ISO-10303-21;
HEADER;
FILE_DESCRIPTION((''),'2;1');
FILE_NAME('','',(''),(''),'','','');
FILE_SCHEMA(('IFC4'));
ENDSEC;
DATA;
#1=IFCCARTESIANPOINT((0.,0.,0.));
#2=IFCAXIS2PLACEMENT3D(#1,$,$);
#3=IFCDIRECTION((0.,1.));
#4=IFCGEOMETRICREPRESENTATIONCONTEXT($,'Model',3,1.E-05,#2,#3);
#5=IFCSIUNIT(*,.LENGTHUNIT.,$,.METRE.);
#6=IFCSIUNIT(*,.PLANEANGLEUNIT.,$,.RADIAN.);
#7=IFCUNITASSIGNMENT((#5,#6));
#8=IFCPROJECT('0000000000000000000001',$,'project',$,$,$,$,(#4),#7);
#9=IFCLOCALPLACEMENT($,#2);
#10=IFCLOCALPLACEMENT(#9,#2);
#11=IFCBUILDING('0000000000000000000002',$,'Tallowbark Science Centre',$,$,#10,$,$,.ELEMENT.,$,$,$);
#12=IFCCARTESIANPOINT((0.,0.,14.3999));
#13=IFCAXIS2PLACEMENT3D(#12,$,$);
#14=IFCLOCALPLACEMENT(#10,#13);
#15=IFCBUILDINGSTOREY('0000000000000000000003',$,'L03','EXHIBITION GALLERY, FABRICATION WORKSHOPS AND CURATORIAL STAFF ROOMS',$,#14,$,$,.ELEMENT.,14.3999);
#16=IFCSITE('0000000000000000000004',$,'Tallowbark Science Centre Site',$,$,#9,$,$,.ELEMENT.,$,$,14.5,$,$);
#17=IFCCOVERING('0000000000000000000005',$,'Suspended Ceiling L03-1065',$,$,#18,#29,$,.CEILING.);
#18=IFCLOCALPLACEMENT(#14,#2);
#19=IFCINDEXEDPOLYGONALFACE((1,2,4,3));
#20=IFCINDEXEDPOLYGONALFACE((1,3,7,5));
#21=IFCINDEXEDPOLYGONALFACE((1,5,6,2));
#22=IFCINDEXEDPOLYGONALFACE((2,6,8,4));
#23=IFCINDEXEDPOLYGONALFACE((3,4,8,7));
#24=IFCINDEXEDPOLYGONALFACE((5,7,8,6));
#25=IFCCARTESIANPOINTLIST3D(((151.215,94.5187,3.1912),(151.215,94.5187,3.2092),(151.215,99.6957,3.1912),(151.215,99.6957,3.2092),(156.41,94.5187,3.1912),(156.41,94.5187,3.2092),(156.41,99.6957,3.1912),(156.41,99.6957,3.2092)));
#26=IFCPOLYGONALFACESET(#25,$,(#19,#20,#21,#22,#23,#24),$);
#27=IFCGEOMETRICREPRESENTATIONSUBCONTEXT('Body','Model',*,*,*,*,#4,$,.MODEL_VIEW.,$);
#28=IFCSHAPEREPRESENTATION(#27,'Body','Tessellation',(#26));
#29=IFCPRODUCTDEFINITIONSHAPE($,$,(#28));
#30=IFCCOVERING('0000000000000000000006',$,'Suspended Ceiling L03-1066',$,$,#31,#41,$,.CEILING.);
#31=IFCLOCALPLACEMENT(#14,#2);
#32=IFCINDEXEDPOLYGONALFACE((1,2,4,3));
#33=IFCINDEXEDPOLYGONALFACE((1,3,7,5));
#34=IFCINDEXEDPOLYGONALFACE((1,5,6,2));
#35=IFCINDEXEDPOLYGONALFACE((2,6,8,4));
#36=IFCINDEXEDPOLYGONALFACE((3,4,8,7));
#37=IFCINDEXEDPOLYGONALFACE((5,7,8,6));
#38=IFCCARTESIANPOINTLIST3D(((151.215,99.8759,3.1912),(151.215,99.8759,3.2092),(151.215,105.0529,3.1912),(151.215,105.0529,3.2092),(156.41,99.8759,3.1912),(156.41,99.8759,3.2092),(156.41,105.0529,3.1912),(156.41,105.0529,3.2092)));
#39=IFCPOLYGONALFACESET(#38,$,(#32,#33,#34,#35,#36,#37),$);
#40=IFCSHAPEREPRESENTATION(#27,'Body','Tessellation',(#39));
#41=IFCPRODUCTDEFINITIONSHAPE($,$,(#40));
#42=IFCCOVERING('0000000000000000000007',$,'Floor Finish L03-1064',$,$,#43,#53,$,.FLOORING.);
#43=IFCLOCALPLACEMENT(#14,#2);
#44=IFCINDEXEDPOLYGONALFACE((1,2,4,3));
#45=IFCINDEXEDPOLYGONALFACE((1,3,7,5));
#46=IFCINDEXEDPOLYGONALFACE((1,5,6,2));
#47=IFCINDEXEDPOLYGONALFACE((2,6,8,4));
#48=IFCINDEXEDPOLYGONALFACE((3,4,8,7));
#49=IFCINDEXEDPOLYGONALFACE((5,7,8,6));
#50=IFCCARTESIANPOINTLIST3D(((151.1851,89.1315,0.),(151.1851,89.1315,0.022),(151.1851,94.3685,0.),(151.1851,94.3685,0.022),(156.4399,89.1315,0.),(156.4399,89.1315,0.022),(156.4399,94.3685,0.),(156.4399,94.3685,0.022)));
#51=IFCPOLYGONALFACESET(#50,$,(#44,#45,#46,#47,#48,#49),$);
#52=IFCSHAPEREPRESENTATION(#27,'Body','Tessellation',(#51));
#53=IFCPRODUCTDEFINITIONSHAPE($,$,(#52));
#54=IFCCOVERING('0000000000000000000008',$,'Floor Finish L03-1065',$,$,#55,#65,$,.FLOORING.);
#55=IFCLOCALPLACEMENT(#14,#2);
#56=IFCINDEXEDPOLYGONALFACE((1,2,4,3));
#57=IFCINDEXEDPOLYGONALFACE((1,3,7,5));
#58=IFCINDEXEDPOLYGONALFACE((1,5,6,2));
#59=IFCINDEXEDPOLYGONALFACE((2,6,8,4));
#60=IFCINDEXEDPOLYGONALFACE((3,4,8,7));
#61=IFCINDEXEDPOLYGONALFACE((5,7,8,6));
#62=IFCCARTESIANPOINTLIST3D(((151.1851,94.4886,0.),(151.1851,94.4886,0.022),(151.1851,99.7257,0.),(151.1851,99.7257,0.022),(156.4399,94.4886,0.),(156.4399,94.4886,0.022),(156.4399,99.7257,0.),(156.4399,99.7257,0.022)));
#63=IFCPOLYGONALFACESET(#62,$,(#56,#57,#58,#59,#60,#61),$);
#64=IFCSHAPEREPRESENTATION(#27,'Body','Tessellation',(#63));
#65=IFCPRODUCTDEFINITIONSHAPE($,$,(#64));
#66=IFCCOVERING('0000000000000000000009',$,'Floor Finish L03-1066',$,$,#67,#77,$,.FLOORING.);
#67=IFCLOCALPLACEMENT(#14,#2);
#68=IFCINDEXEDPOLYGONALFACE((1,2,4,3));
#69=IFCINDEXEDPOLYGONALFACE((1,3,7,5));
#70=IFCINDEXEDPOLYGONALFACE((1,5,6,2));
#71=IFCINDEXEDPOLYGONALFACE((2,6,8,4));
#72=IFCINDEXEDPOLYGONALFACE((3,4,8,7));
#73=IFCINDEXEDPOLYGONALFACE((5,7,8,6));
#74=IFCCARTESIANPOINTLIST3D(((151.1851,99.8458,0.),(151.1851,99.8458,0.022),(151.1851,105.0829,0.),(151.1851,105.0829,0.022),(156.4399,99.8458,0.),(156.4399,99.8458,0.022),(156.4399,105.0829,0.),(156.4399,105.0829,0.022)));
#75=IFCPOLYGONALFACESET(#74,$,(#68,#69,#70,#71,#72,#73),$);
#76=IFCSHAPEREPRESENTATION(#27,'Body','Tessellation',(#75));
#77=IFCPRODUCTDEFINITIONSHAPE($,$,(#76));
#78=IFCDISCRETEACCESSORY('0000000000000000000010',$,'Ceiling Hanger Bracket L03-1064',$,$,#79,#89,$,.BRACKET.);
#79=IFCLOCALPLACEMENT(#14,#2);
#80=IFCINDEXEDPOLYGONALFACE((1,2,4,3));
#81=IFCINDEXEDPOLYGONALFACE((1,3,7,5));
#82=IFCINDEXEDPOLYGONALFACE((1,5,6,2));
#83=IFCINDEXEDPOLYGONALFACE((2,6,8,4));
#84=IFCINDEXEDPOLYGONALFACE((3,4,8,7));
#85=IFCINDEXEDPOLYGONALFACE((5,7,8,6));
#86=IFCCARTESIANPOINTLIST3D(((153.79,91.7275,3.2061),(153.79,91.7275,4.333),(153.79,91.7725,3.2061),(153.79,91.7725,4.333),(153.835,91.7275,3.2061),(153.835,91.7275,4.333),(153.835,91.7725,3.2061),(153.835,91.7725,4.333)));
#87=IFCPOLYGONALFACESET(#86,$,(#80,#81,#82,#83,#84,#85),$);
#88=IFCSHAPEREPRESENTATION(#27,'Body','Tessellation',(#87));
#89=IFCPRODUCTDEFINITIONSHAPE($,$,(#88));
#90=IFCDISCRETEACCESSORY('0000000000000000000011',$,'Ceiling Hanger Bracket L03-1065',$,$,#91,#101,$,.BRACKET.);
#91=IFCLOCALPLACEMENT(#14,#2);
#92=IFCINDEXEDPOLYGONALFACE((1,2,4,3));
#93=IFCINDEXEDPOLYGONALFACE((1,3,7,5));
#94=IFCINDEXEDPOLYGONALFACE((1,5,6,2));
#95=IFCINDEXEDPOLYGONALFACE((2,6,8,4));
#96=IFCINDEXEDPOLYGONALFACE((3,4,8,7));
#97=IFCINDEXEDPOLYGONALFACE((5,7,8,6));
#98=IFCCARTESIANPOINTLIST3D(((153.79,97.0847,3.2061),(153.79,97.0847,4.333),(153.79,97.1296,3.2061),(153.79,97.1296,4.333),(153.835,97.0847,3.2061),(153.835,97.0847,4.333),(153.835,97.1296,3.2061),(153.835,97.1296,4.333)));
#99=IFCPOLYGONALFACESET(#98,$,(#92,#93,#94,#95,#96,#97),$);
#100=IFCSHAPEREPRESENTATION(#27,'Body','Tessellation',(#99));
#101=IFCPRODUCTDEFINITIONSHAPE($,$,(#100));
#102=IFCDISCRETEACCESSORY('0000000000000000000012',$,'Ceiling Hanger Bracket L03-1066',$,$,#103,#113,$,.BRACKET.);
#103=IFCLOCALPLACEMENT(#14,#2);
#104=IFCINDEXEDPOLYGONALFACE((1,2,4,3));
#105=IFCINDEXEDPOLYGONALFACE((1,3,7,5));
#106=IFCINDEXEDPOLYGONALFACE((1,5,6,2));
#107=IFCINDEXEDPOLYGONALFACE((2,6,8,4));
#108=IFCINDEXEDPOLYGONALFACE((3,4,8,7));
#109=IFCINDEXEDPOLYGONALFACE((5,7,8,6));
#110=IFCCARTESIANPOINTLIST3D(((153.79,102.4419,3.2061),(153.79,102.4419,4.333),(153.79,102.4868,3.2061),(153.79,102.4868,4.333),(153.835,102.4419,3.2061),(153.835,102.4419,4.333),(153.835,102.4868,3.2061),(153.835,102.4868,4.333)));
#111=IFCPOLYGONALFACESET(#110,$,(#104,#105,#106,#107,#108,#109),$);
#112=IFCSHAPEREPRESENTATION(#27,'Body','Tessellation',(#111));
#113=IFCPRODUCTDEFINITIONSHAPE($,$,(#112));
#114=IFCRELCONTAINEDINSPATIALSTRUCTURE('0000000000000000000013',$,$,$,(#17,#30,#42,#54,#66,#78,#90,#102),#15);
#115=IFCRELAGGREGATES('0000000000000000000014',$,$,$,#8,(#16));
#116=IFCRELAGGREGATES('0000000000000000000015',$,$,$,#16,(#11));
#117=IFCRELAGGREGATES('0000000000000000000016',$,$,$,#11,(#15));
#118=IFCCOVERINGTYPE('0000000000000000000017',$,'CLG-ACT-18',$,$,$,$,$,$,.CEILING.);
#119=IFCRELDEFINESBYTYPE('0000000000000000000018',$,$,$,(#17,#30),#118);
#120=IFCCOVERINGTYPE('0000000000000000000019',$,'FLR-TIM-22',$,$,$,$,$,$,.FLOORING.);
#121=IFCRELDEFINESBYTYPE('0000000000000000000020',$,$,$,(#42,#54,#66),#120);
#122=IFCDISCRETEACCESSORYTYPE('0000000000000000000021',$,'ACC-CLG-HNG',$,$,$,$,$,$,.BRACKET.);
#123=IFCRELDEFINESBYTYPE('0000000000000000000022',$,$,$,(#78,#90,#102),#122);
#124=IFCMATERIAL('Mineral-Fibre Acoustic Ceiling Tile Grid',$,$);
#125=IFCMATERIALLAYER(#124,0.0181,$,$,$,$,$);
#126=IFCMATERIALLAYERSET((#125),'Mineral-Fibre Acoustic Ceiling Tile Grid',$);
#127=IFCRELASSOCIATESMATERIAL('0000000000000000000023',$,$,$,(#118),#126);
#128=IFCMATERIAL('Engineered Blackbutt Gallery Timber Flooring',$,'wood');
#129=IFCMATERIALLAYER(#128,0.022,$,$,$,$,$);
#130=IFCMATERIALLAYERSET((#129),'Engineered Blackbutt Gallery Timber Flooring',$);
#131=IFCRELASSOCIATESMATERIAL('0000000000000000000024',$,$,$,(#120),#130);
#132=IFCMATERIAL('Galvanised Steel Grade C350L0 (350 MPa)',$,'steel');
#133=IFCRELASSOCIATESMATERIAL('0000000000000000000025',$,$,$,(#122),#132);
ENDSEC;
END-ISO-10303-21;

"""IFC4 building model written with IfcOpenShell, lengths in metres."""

from ifc_helpers import new_model, si_unit, direction, frame, origin, origin_2d, place, context, subcontext, project, spatial, rectangle, extrude, material, layer, layer_set, type_object, element, save


model = new_model("IFC4")

# Units and contexts
model_context = context("Model", 3, precision=1e-05, world=origin(), true_north=direction((0.0, 1.0)))
body_context = subcontext(model_context, "Body", "Model", "MODEL_VIEW")
ifc_project = project(units=[si_unit("LENGTHUNIT", "METRE"), si_unit("PLANEANGLEUNIT", "RADIAN")], contexts=[model_context])

# Site, building, storey
site_placement = place(None, origin())
site = spatial("IfcSite", under=ifc_project, at=site_placement, Name="Tallowbark Science Centre Site", CompositionType="ELEMENT", RefElevation=14.5)
building_placement = place(site_placement, origin())
building = spatial("IfcBuilding", under=site, at=building_placement, Name="Tallowbark Science Centre", CompositionType="ELEMENT")
storey_placement = place(building_placement, frame((0.0, 0.0, 14.3999)))
storey = spatial("IfcBuildingStorey", under=building, at=storey_placement, Name="L03", Description="EXHIBITION GALLERY, FABRICATION WORKSHOPS AND CURATORIAL STAFF ROOMS", CompositionType="ELEMENT", Elevation=14.3999)

# Coverings
ifc_material_1 = material(Name="Mineral-Fibre Acoustic Ceiling Tile Grid")
ifc_layer_1 = layer(ifc_material_1, 0.0181)
ifc_layer_set_1 = layer_set([ifc_layer_1], Name="Mineral-Fibre Acoustic Ceiling Tile Grid")
covering_type_1 = type_object("IfcCoveringType", Name="CLG-ACT-18", PredefinedType="CEILING", material=ifc_layer_set_1)
for number, where, z_axis, x_axis, name in (
    (1, (153.8125, 97.1072, 3.1912), (0.0, 0.0, 1.0), (1.0, 0.0, 0.0), "Suspended Ceiling L03-1065"),
    (2, (153.8125, 102.4644, 3.1912), (0.0, 0.0, 1.0), (1.0, 0.0, 0.0), "Suspended Ceiling L03-1066"),
):
    element("IfcCovering", number, at=place(storey_placement, frame(where, z_axis=z_axis, x_axis=x_axis)), inside=storey, type_object=covering_type_1, Name=name, PredefinedType="CEILING", context=body_context, shape_type="SweptSolid", body=[
        extrude(rectangle(XDim=5.1951, YDim=5.177, at=origin_2d()), origin(), (0.0, 0.0, 1.0), 0.0181),
    ])
ifc_material_2 = material(Name="Engineered Blackbutt Gallery Timber Flooring", Category="wood")
ifc_layer_2 = layer(ifc_material_2, 0.022)
ifc_layer_set_2 = layer_set([ifc_layer_2], Name="Engineered Blackbutt Gallery Timber Flooring")
covering_type_2 = type_object("IfcCoveringType", Name="FLR-TIM-22", PredefinedType="FLOORING", material=ifc_layer_set_2)
for number, where, z_axis, x_axis, name in (
    (3, (153.8125, 91.75, 0.0), (0.0, 0.0, 1.0), (1.0, 0.0, 0.0), "Floor Finish L03-1064"),
    (4, (153.8125, 97.1072, 0.0), (0.0, 0.0, 1.0), (1.0, 0.0, 0.0), "Floor Finish L03-1065"),
    (5, (153.8125, 102.4644, 0.0), (0.0, 0.0, 1.0), (1.0, 0.0, 0.0), "Floor Finish L03-1066"),
):
    element("IfcCovering", number, at=place(storey_placement, frame(where, z_axis=z_axis, x_axis=x_axis)), inside=storey, type_object=covering_type_2, Name=name, PredefinedType="FLOORING", context=body_context, shape_type="SweptSolid", body=[
        extrude(rectangle(XDim=5.2549, YDim=5.2371, at=origin_2d()), origin(), (0.0, 0.0, 1.0), 0.022),
    ])

# Discrete accessories
ifc_material_3 = material(Name="Galvanised Steel Grade C350L0 (350 MPa)", Category="steel")
discrete_accessory_type = type_object("IfcDiscreteAccessoryType", Name="ACC-CLG-HNG", PredefinedType="BRACKET", material=ifc_material_3)
for number, where, z_axis, x_axis, name in (
    (6, (153.8125, 91.75, 3.2061), (0.0, 0.0, 1.0), (1.0, 0.0, 0.0), "Ceiling Hanger Bracket L03-1064"),
    (7, (153.8125, 97.1072, 3.2061), (0.0, 0.0, 1.0), (1.0, 0.0, 0.0), "Ceiling Hanger Bracket L03-1065"),
    (8, (153.8125, 102.4644, 3.2061), (0.0, 0.0, 1.0), (1.0, 0.0, 0.0), "Ceiling Hanger Bracket L03-1066"),
):
    element("IfcDiscreteAccessory", number, at=place(storey_placement, frame(where, z_axis=z_axis, x_axis=x_axis)), inside=storey, type_object=discrete_accessory_type, Name=name, PredefinedType="BRACKET", context=body_context, shape_type="SweptSolid", body=[
        extrude(rectangle(XDim=0.0449, YDim=0.0449, at=origin_2d()), origin(), (0.0, 0.0, 1.0), 1.127),
    ])

save(model, "model.ifc")
